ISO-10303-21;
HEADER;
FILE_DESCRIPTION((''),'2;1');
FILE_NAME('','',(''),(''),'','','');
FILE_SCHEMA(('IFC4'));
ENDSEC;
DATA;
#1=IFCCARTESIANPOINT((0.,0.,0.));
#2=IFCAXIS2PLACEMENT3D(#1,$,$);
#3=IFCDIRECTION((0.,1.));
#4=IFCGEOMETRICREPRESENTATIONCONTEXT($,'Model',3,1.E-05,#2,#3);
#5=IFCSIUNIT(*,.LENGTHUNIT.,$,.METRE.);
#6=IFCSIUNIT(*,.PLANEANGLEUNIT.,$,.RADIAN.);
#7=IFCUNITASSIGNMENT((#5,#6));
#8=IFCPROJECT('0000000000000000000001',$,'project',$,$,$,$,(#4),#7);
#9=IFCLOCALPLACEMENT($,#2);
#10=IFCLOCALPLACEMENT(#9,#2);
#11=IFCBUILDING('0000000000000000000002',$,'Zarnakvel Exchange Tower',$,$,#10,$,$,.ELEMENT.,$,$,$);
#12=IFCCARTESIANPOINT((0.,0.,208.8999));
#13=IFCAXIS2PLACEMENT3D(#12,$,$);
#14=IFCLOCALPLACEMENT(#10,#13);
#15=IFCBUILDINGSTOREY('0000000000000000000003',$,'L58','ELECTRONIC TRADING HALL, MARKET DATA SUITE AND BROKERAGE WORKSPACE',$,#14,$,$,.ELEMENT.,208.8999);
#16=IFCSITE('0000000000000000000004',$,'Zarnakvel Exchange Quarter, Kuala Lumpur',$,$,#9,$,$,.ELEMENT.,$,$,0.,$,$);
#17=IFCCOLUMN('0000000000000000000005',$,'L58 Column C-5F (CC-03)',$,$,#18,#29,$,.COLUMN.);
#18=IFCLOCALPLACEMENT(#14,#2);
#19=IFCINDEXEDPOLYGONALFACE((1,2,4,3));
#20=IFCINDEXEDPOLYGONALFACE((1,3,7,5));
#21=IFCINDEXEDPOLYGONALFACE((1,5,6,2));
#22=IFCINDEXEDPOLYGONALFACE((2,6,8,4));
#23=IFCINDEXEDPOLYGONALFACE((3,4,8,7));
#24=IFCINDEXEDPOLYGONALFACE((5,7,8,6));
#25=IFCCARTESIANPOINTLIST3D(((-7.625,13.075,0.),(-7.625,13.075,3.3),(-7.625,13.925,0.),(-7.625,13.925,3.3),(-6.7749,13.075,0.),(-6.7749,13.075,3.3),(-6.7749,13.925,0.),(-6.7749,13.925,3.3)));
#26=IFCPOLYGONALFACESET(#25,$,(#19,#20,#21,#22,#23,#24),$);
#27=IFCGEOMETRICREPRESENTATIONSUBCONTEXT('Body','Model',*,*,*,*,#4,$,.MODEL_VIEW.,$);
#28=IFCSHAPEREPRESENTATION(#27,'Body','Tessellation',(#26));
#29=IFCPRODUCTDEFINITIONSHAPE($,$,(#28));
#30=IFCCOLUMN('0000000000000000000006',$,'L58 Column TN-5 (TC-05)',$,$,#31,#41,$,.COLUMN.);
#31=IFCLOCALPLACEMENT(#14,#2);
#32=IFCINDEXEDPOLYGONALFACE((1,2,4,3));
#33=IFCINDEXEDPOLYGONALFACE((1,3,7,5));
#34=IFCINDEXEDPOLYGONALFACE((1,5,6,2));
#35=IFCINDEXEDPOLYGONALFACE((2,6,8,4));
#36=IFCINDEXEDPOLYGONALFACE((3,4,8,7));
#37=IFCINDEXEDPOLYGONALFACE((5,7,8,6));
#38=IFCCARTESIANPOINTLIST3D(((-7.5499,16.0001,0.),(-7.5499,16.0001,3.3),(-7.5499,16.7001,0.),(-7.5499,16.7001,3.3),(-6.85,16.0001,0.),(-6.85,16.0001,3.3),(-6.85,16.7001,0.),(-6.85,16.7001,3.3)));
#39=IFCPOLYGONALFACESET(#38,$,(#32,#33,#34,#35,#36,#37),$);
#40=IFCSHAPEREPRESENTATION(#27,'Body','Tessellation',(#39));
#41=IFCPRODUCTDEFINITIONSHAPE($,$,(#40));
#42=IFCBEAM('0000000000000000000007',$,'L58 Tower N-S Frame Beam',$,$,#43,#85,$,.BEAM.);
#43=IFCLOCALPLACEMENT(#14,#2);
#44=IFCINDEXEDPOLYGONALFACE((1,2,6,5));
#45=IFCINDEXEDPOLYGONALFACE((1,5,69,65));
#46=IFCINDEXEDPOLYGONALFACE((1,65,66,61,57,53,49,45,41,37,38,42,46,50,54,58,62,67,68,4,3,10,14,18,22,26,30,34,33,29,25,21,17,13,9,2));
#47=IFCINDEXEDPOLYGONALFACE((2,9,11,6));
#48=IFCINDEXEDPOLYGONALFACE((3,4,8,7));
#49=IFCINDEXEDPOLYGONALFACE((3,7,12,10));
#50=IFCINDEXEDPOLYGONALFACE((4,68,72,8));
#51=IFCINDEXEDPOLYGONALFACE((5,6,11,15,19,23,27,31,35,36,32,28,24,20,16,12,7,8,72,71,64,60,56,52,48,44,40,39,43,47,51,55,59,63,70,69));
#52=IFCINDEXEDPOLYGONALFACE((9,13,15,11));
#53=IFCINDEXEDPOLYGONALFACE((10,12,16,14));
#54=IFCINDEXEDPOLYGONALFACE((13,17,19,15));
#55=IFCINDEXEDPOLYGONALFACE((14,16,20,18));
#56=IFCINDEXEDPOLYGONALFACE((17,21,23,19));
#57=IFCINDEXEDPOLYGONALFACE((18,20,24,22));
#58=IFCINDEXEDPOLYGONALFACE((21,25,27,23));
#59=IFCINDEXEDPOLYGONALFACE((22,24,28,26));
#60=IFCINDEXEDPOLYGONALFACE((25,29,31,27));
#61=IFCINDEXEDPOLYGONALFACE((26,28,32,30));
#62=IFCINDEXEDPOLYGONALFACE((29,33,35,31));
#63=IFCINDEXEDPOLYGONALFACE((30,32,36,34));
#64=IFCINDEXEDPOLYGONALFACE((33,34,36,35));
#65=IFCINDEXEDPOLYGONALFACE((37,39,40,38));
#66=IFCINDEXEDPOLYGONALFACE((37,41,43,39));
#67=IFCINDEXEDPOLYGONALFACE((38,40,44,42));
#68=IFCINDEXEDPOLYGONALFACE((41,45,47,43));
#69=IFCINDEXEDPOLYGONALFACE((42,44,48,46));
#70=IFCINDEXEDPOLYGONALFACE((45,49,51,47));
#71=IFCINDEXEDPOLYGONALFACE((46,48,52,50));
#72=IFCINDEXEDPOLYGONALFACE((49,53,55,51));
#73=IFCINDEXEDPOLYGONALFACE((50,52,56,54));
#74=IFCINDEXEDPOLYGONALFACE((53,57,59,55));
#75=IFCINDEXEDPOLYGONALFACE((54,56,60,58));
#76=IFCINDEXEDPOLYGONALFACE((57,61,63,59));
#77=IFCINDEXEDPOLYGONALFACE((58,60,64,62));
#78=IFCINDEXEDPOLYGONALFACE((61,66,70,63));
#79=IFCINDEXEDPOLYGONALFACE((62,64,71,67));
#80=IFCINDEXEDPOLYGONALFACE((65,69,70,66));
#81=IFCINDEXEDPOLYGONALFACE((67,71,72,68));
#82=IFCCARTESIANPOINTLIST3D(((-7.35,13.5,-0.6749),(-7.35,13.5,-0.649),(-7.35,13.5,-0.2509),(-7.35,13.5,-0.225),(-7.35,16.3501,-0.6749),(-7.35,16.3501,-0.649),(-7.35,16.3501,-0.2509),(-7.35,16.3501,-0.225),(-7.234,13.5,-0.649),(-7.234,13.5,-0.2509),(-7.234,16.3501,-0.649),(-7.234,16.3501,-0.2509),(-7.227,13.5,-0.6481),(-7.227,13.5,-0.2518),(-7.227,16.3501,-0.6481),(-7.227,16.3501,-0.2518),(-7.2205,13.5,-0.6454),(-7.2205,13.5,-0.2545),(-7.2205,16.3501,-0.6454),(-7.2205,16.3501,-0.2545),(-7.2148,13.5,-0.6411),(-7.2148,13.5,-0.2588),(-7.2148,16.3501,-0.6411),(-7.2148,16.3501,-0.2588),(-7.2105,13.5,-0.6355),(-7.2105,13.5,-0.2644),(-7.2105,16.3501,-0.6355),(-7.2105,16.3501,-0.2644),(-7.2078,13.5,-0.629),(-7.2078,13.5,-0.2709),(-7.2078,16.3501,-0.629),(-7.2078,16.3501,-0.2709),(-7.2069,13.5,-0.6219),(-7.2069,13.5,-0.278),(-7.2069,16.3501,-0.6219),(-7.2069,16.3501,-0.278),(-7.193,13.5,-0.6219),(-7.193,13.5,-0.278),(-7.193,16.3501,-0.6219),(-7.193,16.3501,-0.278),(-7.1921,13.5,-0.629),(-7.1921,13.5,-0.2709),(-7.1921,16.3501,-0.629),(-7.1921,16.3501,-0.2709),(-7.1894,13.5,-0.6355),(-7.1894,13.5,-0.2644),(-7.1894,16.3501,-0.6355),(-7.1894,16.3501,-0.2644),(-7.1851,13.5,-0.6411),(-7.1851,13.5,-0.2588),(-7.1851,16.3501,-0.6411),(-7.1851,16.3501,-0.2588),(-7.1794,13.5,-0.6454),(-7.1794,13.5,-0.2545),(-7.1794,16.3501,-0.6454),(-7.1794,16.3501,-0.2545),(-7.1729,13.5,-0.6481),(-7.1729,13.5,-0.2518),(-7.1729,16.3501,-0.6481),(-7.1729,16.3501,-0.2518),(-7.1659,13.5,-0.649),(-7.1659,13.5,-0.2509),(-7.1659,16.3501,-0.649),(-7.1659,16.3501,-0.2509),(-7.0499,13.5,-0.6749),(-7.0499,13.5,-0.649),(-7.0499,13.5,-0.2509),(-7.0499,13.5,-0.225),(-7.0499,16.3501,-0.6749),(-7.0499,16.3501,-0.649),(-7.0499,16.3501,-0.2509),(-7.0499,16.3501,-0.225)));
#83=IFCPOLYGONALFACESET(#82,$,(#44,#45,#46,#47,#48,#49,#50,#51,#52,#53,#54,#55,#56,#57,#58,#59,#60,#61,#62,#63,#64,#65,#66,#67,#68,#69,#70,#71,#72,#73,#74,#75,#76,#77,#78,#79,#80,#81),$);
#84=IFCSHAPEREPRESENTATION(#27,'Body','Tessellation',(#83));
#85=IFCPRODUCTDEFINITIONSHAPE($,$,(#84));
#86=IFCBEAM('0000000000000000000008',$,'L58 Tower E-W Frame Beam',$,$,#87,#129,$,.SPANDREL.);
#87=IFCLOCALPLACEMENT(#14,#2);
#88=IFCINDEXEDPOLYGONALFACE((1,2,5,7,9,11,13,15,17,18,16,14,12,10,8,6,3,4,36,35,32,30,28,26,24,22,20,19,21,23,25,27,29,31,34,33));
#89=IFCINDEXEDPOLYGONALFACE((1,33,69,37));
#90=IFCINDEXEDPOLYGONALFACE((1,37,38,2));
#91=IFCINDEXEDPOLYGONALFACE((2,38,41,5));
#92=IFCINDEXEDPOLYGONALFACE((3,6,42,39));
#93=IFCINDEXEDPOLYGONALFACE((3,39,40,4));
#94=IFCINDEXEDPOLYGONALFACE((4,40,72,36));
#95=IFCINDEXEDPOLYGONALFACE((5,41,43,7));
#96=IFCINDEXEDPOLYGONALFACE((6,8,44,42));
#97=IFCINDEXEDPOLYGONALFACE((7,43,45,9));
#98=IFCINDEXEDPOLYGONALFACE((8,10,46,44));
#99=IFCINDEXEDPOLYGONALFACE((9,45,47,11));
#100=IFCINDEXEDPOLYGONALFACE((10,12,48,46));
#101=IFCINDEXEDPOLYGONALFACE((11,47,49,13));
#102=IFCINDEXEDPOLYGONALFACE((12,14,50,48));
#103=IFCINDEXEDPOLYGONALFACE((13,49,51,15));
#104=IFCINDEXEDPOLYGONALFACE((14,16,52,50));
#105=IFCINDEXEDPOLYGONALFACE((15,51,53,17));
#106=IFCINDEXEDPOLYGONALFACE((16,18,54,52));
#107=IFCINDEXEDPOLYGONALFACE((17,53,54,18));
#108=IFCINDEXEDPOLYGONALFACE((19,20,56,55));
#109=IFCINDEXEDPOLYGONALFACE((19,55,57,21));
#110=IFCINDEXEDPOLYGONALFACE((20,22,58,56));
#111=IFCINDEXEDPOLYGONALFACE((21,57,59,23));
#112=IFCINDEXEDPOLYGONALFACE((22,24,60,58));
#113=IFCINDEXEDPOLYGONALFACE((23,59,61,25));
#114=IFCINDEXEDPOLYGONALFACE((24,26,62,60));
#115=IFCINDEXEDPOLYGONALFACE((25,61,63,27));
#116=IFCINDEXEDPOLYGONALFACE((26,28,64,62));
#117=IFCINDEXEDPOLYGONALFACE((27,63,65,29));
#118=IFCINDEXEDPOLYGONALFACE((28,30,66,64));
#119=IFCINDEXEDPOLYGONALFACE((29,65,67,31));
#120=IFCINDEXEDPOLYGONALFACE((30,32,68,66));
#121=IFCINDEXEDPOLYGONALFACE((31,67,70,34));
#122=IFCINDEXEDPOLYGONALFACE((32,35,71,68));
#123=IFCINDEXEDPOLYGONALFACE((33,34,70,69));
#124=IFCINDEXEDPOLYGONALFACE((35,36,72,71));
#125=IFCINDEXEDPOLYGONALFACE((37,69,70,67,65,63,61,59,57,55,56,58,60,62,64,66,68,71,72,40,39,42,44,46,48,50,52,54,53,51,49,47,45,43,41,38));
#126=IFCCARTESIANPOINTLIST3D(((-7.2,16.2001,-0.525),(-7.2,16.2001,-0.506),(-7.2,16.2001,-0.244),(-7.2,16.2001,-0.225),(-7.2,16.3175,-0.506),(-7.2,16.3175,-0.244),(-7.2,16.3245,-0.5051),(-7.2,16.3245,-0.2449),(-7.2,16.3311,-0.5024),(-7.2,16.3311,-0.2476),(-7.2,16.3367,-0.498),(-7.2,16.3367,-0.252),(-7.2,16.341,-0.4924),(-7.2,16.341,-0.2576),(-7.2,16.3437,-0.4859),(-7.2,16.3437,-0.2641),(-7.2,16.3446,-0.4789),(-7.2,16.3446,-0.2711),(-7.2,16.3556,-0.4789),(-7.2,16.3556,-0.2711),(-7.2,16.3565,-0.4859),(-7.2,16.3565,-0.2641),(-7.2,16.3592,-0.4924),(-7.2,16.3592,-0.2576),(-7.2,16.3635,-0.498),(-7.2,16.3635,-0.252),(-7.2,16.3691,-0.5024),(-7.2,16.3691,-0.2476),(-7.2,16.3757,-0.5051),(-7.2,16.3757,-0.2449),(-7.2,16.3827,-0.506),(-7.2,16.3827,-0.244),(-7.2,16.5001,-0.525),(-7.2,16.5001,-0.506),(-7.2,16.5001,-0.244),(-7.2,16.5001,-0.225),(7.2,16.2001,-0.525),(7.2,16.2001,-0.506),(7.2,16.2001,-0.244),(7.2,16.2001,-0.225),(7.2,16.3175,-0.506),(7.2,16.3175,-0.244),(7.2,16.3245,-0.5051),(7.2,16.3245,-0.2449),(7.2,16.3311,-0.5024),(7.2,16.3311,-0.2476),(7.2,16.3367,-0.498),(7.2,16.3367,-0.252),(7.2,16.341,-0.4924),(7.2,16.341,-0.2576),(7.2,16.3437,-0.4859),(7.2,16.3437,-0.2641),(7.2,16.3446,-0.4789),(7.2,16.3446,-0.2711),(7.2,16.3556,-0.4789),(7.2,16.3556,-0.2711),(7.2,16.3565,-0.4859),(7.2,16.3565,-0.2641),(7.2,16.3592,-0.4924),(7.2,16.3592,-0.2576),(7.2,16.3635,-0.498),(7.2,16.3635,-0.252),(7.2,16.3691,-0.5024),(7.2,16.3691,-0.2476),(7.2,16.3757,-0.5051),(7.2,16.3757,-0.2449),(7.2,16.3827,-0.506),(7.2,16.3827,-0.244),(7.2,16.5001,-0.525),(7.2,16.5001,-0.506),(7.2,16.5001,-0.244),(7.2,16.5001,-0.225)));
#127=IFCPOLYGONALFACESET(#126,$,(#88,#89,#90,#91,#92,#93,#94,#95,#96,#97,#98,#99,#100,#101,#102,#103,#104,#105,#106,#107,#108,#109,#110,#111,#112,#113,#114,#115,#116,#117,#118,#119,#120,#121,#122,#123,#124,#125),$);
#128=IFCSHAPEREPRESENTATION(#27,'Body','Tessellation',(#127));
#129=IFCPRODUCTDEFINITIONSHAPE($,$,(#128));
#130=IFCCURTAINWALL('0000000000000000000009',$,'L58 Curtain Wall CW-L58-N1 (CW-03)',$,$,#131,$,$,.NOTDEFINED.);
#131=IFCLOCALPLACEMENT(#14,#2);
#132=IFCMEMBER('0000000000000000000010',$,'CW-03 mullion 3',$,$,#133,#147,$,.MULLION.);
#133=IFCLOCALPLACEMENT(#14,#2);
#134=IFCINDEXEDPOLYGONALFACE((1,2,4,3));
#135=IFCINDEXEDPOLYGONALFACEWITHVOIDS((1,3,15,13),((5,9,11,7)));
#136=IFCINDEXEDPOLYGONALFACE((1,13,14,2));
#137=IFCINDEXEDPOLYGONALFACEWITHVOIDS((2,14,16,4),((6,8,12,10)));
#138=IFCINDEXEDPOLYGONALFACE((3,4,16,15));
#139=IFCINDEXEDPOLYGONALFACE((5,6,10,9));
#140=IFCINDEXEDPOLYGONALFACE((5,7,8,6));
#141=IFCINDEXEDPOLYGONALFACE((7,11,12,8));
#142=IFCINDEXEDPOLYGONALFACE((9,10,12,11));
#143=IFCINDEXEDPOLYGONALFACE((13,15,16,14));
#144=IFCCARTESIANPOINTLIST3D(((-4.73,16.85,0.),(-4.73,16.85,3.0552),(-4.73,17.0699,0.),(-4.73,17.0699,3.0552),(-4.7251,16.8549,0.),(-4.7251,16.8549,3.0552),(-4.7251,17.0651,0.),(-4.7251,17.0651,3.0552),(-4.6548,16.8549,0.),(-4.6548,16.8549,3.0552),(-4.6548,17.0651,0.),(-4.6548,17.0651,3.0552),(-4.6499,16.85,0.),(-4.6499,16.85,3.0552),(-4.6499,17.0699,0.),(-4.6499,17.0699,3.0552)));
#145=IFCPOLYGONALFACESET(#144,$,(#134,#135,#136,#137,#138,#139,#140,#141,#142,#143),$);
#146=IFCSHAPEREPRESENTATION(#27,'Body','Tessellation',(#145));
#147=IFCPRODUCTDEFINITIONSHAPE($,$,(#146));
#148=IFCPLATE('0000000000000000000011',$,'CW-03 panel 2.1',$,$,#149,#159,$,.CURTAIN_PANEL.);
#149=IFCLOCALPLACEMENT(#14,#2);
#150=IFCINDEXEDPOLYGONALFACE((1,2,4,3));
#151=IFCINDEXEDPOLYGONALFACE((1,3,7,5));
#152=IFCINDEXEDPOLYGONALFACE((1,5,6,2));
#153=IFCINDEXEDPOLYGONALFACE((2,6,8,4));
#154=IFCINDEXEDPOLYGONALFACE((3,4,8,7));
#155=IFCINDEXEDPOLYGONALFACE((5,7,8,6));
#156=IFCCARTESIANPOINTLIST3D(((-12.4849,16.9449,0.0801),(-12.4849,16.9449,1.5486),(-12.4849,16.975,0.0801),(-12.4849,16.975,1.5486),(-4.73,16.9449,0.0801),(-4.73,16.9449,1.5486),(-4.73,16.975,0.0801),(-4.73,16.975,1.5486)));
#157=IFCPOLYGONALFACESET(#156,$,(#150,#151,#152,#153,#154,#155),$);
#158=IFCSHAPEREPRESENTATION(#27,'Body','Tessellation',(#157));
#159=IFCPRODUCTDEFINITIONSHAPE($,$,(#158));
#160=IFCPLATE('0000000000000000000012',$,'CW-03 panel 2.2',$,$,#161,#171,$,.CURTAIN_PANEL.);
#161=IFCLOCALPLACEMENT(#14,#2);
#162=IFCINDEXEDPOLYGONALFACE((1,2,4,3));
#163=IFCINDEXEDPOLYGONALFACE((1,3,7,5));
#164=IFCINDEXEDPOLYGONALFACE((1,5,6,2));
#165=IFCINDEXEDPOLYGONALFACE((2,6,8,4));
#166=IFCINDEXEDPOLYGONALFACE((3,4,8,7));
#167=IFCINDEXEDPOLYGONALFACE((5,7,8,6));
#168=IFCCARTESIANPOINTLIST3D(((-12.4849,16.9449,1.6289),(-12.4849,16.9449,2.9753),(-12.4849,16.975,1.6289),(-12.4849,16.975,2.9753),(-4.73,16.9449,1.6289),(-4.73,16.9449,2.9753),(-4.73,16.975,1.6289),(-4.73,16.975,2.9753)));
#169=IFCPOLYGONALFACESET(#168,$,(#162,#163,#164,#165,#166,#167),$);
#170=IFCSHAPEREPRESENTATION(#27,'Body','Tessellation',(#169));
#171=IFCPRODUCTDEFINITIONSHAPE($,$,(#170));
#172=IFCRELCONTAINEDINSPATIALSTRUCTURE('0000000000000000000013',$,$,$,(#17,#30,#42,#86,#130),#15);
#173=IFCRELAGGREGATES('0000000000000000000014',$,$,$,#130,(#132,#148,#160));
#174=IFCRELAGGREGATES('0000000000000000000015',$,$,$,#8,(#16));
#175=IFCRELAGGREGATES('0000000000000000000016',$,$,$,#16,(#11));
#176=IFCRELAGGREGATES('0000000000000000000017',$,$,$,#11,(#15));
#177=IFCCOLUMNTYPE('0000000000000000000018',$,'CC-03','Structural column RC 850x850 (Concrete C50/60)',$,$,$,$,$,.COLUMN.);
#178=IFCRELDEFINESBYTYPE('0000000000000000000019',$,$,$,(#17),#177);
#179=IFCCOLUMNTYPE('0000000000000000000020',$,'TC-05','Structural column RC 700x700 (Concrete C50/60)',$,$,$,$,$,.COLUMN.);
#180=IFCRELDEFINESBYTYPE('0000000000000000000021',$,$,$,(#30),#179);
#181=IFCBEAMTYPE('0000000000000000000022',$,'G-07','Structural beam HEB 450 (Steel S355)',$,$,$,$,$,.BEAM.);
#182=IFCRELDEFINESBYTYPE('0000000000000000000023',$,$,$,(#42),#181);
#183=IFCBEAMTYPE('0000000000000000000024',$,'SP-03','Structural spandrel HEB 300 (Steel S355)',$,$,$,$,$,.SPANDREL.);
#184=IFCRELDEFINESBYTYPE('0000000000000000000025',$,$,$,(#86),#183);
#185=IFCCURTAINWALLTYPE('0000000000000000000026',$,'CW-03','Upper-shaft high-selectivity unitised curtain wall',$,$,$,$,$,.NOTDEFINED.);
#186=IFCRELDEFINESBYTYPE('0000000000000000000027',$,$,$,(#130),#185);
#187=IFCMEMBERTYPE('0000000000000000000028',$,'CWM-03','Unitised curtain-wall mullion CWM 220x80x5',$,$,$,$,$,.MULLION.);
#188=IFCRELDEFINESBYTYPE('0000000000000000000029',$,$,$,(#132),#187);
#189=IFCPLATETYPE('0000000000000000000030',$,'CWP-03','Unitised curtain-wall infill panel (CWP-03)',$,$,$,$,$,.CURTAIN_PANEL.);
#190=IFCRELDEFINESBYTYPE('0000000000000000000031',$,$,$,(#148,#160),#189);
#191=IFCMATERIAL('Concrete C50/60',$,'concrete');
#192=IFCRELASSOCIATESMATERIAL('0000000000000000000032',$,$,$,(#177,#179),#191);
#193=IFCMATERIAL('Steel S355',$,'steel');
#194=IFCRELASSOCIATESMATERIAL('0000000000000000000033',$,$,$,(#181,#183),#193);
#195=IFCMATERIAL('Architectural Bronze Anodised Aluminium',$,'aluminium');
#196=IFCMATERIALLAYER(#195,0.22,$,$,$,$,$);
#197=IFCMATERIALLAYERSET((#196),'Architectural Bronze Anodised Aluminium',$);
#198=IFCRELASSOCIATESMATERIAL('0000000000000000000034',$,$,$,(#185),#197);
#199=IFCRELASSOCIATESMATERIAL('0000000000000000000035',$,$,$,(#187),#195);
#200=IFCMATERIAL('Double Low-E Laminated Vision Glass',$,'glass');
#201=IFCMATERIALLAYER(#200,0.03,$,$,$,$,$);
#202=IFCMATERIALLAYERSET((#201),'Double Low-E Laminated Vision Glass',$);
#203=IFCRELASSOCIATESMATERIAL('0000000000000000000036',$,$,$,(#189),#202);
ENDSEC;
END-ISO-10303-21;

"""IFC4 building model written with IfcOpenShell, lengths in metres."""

from ifc_helpers import new_model, si_unit, direction, frame, origin, origin_2d, place, context, subcontext, project, spatial, rectangle, hollow_rectangle, i_section, extrude, source, transform, mapped, material, layer, layer_set, material_profile, profile_set, type_object, element, aggregate, save


model = new_model("IFC4")

# Units and contexts
model_context = context("Model", 3, precision=1e-05, world=origin(), true_north=direction((0.0, 1.0)))
body_context = subcontext(model_context, "Body", "Model", "MODEL_VIEW")
ifc_project = project(units=[si_unit("LENGTHUNIT", "METRE"), si_unit("PLANEANGLEUNIT", "RADIAN")], contexts=[model_context])

# Site, building, storey
site_placement = place(None, origin())
site = spatial("IfcSite", under=ifc_project, at=site_placement, Name="Zarnakvel Exchange Quarter, Kuala Lumpur", CompositionType="ELEMENT", RefElevation=0.0)
building_placement = place(site_placement, origin())
building = spatial("IfcBuilding", under=site, at=building_placement, Name="Zarnakvel Exchange Tower", CompositionType="ELEMENT")
storey_placement = place(building_placement, frame((0.0, 0.0, 208.8999)))
storey = spatial("IfcBuildingStorey", under=building, at=storey_placement, Name="L58", Description="ELECTRONIC TRADING HALL, MARKET DATA SUITE AND BROKERAGE WORKSPACE", CompositionType="ELEMENT", Elevation=208.8999)

# Columns
ifc_material_1 = material(Name="Concrete C50/60", Category="concrete")
ifc_material_profile_1 = material_profile(ifc_material_1, rectangle(XDim=0.8501, YDim=0.8501, at=origin_2d()))
ifc_profile_set_1 = profile_set([ifc_material_profile_1], Name="Concrete C50/60")
column_type_1 = type_object("IfcColumnType", Name="CC-03", Description="Structural column RC 850x850 (Concrete C50/60)", PredefinedType="COLUMN", material=ifc_profile_set_1)
column_1_placement = place(storey_placement, frame((-7.2, 13.5, 0.0), z_axis=(0.0, 0.0, 1.0), x_axis=(1.0, 0.0, 0.0)))
element("IfcColumn", 1, at=column_1_placement, inside=storey, type_object=column_type_1, Name="L58 Column C-5F (CC-03)", PredefinedType="COLUMN", context=body_context, shape_type="SweptSolid", body=[
    extrude(rectangle(XDim=0.8501, YDim=0.8501, at=origin_2d()), origin(), (0.0, 0.0, 1.0), 3.3),
])
ifc_material_profile_2 = material_profile(ifc_material_1, rectangle(XDim=0.7, YDim=0.7, at=origin_2d()))
ifc_profile_set_2 = profile_set([ifc_material_profile_2], Name="Concrete C50/60")
column_type_2 = type_object("IfcColumnType", Name="TC-05", Description="Structural column RC 700x700 (Concrete C50/60)", PredefinedType="COLUMN", material=ifc_profile_set_2)
column_2_placement = place(storey_placement, frame((-7.2, 16.3501, 0.0), z_axis=(0.0, 0.0, 1.0), x_axis=(1.0, 0.0, 0.0)))
element("IfcColumn", 2, at=column_2_placement, inside=storey, type_object=column_type_2, Name="L58 Column TN-5 (TC-05)", PredefinedType="COLUMN", context=body_context, shape_type="SweptSolid", body=[
    extrude(rectangle(XDim=0.7, YDim=0.7, at=origin_2d()), origin(), (0.0, 0.0, 1.0), 3.3),
])

# Beams
ifc_material_2 = material(Name="Steel S355", Category="steel")
ifc_material_profile_3 = material_profile(ifc_material_2, i_section(OverallWidth=0.3, OverallDepth=0.45, WebThickness=0.0139, FlangeThickness=0.0259, FilletRadius=0.0271, at=origin_2d()))
ifc_profile_set_3 = profile_set([ifc_material_profile_3], Name="Steel S355")
beam_type_1 = type_object("IfcBeamType", Name="G-07", Description="Structural beam HEB 450 (Steel S355)", PredefinedType="BEAM", material=ifc_profile_set_3)
beam_1_placement = place(storey_placement, frame((-7.2, 13.5, -0.45), z_axis=(0.0, 1.0, 0.0), x_axis=(-1.0, 0.0, 0.0)))
element("IfcBeam", 3, at=beam_1_placement, inside=storey, type_object=beam_type_1, Name="L58 Tower N-S Frame Beam", PredefinedType="BEAM", context=body_context, shape_type="SweptSolid", body=[
    extrude(i_section(OverallWidth=0.3, OverallDepth=0.45, WebThickness=0.0139, FlangeThickness=0.0259, FilletRadius=0.0271, at=origin_2d()), origin(), (0.0, 0.0, 1.0), 2.8501),
])
ifc_material_profile_4 = material_profile(ifc_material_2, i_section(OverallWidth=0.3, OverallDepth=0.3, WebThickness=0.011, FlangeThickness=0.019, FilletRadius=0.0271, at=origin_2d()))
ifc_profile_set_4 = profile_set([ifc_material_profile_4], Name="Steel S355")
beam_type_2 = type_object("IfcBeamType", Name="SP-03", Description="Structural spandrel HEB 300 (Steel S355)", PredefinedType="SPANDREL", material=ifc_profile_set_4)
beam_2_placement = place(storey_placement, frame((-7.2, 16.3501, -0.375), z_axis=(1.0, 0.0, 0.0), x_axis=(0.0, 1.0, 0.0)))
element("IfcBeam", 4, at=beam_2_placement, inside=storey, type_object=beam_type_2, Name="L58 Tower E-W Frame Beam", PredefinedType="SPANDREL", context=body_context, shape_type="SweptSolid", body=[
    extrude(i_section(OverallWidth=0.3, OverallDepth=0.3, WebThickness=0.011, FlangeThickness=0.019, FilletRadius=0.0271, at=origin_2d()), origin(), (0.0, 0.0, 1.0), 14.3999),
])

# Curtain wall, member, plates
ifc_material_3 = material(Name="Architectural Bronze Anodised Aluminium", Category="aluminium")
ifc_layer_1 = layer(ifc_material_3, 0.22)
ifc_layer_set_1 = layer_set([ifc_layer_1], Name="Architectural Bronze Anodised Aluminium")
curtain_wall_type = type_object("IfcCurtainWallType", Name="CW-03", Description="Upper-shaft high-selectivity unitised curtain wall", PredefinedType="NOTDEFINED", material=ifc_layer_set_1)
curtain_wall_placement = place(storey_placement, origin())
curtain_wall = element("IfcCurtainWall", 5, at=curtain_wall_placement, inside=storey, type_object=curtain_wall_type, Name="L58 Curtain Wall CW-L58-N1 (CW-03)", PredefinedType="NOTDEFINED")
ifc_material_profile_5 = material_profile(ifc_material_3, hollow_rectangle(XDim=0.22, YDim=0.0801, WallThickness=0.0049, at=origin_2d()))
ifc_profile_set_5 = profile_set([ifc_material_profile_5], Name="Architectural Bronze Anodised Aluminium")
member_type = type_object("IfcMemberType", Name="CWM-03", Description="Unitised curtain-wall mullion CWM 220x80x5", PredefinedType="MULLION", material=ifc_profile_set_5)
shared_shape_1 = source(origin(), body_context, "Body", "SweptSolid", [
    extrude(hollow_rectangle(XDim=0.22, YDim=0.0801, WallThickness=0.0049, at=origin_2d()), origin(), (0.0, 0.0, 1.0), 3.0552),
])
member_placement = place(storey_placement, frame((-4.6899, 16.96, 0.0), z_axis=(0.0, 0.0, 1.0), x_axis=(0.0, 1.0, 0.0)))
member = element("IfcMember", 6, at=member_placement, type_object=member_type, Name="CW-03 mullion 3", PredefinedType="MULLION", context=body_context, shape_type="MappedRepresentation", body=[
    mapped(shared_shape_1, transform((0.0, 0.0, 0.0), x_axis=(1.0, 0.0, 0.0), y_axis=(0.0, 1.0, 0.0), z_axis=(0.0, 0.0, 1.0), scale=1.0)),
])
ifc_material_4 = material(Name="Double Low-E Laminated Vision Glass", Category="glass")
ifc_layer_2 = layer(ifc_material_4, 0.03)
ifc_layer_set_2 = layer_set([ifc_layer_2], Name="Double Low-E Laminated Vision Glass")
plate_type = type_object("IfcPlateType", Name="CWP-03", Description="Unitised curtain-wall infill panel (CWP-03)", PredefinedType="CURTAIN_PANEL", material=ifc_layer_set_2)
shared_shape_2 = source(origin(), body_context, "Body", "SweptSolid", [
    extrude(rectangle(XDim=7.7549, YDim=0.03, at=origin_2d()), origin(), (0.0, 0.0, 1.0), 1.4685),
])
plate_1_placement = place(storey_placement, frame((-8.6074, 16.96, 0.0801), z_axis=(0.0, 0.0, 1.0), x_axis=(1.0, 0.0, 0.0)))
plate_1 = element("IfcPlate", 7, at=plate_1_placement, type_object=plate_type, Name="CW-03 panel 2.1", PredefinedType="CURTAIN_PANEL", context=body_context, shape_type="MappedRepresentation", body=[
    mapped(shared_shape_2, transform((0.0, 0.0, 0.0), x_axis=(1.0, 0.0, 0.0), y_axis=(0.0, 1.0, 0.0), z_axis=(0.0, 0.0, 1.0), scale=1.0)),
])
shared_shape_3 = source(origin(), body_context, "Body", "SweptSolid", [
    extrude(rectangle(XDim=7.7549, YDim=0.03, at=origin_2d()), origin(), (0.0, 0.0, 1.0), 1.3464),
])
plate_2_placement = place(storey_placement, frame((-8.6074, 16.96, 1.6289), z_axis=(0.0, 0.0, 1.0), x_axis=(1.0, 0.0, 0.0)))
plate_2 = element("IfcPlate", 8, at=plate_2_placement, type_object=plate_type, Name="CW-03 panel 2.2", PredefinedType="CURTAIN_PANEL", context=body_context, shape_type="MappedRepresentation", body=[
    mapped(shared_shape_3, transform((0.0, 0.0, 0.0), x_axis=(1.0, 0.0, 0.0), y_axis=(0.0, 1.0, 0.0), z_axis=(0.0, 0.0, 1.0), scale=1.0)),
])
aggregate(curtain_wall, [member, plate_1, plate_2])

save(model, "model.ifc")
